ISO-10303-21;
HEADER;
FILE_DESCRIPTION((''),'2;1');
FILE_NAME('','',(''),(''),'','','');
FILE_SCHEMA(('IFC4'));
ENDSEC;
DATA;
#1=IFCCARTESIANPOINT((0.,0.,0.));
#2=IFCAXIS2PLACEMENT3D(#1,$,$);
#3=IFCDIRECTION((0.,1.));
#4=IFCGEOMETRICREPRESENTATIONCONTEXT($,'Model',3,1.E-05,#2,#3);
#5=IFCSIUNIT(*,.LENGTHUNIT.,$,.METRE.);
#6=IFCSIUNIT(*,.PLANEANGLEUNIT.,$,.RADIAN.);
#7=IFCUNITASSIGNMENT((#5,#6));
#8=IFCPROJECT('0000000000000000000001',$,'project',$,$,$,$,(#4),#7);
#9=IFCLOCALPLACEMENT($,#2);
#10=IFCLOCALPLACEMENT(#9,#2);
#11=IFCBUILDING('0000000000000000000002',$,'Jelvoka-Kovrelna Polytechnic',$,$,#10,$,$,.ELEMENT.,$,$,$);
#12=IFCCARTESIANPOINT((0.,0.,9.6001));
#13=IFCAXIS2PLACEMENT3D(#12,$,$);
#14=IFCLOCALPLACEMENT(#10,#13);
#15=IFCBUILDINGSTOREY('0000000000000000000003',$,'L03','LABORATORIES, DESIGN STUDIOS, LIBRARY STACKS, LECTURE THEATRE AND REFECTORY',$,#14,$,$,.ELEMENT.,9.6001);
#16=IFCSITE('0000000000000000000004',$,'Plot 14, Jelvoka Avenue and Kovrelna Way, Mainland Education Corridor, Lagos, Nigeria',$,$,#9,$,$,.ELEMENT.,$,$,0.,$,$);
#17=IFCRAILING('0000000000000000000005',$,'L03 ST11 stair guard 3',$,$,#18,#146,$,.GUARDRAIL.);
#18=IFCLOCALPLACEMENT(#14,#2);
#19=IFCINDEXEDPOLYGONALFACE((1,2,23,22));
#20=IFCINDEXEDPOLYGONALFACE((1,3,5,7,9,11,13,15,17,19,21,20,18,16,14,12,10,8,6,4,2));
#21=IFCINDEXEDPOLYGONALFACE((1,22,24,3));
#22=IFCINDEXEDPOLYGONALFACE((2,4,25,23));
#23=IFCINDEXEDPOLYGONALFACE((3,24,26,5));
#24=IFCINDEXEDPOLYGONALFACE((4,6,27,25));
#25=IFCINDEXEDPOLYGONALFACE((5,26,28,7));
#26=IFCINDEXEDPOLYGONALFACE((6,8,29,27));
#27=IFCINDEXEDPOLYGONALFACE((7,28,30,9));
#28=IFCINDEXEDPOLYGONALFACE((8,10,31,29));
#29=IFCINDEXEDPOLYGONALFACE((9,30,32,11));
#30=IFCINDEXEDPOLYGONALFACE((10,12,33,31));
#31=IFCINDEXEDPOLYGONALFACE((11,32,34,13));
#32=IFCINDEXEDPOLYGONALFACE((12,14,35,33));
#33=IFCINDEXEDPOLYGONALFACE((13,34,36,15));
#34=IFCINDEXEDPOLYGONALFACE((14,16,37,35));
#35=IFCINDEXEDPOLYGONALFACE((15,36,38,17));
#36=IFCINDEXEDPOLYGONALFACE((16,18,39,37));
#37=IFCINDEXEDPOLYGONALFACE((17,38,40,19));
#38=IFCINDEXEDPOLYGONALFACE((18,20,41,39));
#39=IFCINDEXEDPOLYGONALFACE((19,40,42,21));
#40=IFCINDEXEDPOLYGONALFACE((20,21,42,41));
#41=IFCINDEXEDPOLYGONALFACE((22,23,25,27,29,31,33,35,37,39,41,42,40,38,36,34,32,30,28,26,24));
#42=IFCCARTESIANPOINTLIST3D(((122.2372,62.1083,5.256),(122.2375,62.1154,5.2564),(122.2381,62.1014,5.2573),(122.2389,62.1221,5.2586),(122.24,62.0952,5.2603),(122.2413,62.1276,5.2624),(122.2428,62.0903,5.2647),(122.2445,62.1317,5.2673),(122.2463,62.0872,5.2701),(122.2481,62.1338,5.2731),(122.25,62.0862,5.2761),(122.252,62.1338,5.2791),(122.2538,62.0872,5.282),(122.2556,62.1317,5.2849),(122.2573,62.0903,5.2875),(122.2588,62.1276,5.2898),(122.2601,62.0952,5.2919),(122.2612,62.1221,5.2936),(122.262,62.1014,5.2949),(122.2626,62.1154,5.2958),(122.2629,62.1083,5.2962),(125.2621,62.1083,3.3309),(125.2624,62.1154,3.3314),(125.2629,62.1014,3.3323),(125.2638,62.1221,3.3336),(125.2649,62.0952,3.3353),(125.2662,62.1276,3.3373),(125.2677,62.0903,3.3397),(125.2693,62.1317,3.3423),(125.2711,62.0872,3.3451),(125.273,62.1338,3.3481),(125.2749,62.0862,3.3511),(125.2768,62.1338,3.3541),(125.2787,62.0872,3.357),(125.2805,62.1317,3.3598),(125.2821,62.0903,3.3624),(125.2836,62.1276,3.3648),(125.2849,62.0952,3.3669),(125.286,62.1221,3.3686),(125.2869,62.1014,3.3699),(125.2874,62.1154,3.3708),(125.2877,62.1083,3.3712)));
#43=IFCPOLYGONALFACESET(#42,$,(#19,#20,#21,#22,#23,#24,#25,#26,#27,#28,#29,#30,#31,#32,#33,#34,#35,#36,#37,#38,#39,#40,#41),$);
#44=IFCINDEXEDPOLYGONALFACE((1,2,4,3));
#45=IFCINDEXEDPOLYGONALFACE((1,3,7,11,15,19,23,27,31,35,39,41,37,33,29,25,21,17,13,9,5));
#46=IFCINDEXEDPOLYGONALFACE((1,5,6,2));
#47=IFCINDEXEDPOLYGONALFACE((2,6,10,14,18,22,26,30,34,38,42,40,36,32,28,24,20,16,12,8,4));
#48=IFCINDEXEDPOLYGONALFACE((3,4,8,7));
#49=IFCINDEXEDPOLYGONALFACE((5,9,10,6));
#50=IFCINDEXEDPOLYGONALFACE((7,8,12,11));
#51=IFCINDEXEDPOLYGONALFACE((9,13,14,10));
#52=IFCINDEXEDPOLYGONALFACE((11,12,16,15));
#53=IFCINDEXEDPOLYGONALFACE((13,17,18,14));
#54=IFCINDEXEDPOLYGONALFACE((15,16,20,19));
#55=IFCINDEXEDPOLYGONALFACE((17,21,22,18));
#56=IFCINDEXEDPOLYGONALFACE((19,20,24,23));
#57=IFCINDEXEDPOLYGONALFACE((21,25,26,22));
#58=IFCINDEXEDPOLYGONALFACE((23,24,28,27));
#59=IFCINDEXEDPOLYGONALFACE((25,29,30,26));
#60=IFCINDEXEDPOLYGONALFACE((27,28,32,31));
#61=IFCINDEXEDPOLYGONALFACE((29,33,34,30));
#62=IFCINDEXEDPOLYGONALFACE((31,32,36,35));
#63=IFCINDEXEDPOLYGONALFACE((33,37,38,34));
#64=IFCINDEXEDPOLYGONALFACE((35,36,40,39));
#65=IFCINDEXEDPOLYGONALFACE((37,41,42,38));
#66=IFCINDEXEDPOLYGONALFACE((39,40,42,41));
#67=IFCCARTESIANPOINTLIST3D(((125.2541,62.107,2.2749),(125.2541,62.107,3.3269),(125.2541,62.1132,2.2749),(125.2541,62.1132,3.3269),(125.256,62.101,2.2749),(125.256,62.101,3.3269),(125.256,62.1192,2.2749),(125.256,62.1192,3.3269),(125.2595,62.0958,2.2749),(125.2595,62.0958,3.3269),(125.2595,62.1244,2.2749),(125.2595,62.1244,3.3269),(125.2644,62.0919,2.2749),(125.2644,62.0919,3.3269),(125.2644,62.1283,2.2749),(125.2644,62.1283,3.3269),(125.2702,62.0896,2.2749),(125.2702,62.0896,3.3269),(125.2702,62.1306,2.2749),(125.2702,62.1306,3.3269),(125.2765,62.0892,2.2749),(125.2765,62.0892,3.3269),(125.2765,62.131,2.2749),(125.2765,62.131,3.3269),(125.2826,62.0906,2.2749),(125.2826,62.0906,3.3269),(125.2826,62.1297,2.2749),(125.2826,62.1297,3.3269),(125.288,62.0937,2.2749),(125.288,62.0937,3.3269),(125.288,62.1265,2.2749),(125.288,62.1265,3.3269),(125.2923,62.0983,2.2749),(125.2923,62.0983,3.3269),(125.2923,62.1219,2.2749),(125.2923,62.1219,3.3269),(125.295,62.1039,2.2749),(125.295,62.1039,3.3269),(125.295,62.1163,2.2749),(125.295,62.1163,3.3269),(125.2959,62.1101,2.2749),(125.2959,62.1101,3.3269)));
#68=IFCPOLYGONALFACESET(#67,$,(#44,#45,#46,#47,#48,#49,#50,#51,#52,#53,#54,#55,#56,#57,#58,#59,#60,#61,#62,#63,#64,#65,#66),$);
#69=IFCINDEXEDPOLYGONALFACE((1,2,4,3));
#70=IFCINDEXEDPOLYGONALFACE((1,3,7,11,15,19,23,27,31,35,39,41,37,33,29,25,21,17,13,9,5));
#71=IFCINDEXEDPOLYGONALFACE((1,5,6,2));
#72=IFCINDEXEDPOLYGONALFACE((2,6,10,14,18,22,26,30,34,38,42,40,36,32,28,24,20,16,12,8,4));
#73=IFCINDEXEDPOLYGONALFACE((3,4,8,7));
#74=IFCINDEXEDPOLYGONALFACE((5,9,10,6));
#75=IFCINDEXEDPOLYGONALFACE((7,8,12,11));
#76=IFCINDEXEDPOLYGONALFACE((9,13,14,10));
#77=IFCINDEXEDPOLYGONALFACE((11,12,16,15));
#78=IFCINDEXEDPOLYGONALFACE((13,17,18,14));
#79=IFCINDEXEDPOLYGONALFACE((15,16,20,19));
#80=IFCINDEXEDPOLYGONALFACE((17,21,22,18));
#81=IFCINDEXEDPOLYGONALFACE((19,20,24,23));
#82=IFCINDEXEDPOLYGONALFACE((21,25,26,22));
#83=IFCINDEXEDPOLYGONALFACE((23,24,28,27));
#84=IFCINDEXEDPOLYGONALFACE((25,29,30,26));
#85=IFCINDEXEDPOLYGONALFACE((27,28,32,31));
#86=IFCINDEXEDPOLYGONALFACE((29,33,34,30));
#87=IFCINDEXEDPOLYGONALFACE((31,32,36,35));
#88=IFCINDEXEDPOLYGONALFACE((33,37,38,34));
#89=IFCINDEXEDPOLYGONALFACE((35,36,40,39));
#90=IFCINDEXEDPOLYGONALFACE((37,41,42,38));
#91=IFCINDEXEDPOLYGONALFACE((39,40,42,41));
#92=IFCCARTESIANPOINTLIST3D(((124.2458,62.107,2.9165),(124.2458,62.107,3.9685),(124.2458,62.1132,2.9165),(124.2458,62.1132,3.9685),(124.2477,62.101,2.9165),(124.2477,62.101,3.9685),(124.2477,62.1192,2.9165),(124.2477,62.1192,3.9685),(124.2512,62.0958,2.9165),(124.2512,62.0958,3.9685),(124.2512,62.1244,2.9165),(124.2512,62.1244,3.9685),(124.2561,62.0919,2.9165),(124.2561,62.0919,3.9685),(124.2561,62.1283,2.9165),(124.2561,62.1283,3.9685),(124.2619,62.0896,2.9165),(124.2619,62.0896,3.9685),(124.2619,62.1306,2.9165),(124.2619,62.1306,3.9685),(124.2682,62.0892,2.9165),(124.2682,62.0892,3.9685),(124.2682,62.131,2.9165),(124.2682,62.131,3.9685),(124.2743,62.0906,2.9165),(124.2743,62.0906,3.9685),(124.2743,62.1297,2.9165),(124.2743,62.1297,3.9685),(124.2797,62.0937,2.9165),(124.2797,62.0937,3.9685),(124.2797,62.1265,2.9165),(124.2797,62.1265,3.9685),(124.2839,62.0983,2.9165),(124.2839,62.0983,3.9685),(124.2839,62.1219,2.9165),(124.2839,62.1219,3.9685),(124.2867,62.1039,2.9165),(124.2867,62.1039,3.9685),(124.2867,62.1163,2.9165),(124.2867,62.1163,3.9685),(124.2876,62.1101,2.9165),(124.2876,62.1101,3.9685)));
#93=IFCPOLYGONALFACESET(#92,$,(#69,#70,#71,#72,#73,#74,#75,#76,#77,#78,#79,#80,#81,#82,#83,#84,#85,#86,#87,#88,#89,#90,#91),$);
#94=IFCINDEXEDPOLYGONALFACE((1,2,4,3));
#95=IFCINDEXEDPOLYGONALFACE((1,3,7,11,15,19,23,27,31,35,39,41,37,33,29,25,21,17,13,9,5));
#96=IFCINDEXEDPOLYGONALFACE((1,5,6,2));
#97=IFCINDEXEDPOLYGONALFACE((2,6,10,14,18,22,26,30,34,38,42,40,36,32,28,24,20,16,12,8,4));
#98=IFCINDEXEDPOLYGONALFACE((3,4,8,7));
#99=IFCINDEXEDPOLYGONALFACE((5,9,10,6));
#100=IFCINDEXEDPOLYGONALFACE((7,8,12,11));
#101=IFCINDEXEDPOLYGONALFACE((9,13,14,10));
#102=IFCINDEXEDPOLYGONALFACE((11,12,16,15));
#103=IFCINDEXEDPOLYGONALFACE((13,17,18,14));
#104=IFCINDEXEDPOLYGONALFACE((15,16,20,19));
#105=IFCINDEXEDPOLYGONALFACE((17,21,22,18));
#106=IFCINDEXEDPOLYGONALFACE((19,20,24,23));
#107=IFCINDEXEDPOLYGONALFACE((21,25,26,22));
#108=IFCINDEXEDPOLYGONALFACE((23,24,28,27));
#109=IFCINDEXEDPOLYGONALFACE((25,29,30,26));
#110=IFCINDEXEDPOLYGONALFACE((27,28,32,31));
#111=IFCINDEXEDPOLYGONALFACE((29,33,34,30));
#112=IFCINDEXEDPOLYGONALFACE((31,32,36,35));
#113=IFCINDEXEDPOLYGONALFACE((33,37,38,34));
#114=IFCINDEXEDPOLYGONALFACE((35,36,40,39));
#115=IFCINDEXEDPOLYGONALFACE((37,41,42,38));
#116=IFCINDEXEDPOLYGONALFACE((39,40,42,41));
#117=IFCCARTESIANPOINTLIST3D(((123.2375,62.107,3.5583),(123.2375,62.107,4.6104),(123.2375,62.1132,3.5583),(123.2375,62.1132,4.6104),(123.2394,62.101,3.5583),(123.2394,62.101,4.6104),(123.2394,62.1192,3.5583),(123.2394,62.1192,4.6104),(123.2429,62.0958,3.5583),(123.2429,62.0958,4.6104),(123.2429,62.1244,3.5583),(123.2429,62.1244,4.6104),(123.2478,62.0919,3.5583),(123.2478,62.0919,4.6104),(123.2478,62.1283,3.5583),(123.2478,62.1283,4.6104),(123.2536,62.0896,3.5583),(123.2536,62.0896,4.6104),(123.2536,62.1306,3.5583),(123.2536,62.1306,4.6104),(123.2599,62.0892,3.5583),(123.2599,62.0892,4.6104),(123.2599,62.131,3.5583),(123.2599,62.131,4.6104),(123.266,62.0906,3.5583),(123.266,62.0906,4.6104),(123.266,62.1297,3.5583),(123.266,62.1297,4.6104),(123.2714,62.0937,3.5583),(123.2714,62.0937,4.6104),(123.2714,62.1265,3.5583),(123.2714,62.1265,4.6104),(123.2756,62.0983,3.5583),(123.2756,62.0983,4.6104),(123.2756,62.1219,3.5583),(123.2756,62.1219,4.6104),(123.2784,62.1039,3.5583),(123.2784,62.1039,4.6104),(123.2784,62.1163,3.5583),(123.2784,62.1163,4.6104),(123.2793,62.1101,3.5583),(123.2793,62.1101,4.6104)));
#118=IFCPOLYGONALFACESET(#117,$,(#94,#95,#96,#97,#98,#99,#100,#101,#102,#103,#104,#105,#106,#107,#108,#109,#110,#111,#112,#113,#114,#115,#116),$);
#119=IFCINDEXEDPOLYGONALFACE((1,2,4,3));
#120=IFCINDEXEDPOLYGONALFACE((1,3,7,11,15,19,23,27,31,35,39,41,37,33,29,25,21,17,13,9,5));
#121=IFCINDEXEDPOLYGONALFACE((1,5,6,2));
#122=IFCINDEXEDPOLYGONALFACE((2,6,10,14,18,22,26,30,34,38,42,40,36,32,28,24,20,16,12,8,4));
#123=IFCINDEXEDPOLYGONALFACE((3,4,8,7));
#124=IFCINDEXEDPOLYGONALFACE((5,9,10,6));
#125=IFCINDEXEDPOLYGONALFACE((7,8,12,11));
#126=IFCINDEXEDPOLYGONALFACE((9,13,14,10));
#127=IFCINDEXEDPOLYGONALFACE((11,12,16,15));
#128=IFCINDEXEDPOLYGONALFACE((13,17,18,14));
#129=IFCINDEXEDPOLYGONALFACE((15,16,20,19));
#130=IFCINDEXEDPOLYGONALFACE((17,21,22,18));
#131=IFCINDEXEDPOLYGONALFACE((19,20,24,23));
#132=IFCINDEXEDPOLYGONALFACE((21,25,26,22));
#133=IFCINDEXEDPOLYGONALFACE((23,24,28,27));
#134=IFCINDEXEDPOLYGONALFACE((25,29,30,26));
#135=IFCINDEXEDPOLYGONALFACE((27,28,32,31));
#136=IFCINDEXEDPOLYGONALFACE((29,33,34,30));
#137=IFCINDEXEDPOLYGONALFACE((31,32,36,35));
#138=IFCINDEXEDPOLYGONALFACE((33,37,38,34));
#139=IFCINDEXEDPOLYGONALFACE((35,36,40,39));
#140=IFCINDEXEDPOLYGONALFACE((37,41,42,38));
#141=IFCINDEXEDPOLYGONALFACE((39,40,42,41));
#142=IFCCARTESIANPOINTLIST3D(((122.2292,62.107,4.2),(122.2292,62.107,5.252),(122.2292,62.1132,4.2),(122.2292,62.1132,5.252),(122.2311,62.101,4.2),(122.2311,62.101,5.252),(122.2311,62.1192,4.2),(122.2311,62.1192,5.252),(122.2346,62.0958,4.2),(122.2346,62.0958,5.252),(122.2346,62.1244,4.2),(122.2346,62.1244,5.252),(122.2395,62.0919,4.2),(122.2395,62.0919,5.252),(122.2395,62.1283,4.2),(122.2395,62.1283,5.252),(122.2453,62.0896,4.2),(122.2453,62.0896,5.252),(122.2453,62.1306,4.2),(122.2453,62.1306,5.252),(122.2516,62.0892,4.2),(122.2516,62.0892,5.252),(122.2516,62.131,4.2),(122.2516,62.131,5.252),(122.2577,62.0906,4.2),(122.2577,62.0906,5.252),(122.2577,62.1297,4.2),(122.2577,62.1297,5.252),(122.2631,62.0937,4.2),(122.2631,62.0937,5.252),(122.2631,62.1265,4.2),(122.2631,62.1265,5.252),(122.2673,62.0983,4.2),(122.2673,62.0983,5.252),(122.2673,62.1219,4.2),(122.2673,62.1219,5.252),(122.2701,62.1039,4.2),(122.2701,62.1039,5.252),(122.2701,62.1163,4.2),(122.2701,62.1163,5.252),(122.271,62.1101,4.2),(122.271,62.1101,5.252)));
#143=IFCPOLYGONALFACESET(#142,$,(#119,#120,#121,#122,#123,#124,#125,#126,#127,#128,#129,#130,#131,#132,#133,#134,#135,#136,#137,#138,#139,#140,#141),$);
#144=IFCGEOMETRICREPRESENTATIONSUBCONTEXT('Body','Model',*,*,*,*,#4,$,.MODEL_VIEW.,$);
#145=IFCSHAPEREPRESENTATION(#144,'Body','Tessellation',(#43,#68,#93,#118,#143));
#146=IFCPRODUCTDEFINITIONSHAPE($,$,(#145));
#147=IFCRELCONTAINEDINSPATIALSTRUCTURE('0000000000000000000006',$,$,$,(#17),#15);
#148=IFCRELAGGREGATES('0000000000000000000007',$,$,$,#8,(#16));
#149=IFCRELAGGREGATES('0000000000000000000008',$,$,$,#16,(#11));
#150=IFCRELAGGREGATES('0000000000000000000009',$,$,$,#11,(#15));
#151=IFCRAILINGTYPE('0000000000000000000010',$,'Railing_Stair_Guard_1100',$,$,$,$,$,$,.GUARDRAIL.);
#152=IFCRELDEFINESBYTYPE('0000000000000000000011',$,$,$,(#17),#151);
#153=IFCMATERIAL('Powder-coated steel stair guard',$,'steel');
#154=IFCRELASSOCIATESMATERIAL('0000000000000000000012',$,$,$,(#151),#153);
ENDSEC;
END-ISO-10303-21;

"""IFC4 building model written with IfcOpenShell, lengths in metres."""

from ifc_helpers import new_model, si_unit, direction, frame, origin, origin_2d, place, context, subcontext, project, spatial, circle, extrude, material, type_object, element, save


model = new_model("IFC4")

# Units and contexts
model_context = context("Model", 3, precision=1e-05, world=origin(), true_north=direction((0.0, 1.0)))
body_context = subcontext(model_context, "Body", "Model", "MODEL_VIEW")
ifc_project = project(units=[si_unit("LENGTHUNIT", "METRE"), si_unit("PLANEANGLEUNIT", "RADIAN")], contexts=[model_context])

# Site, building, storey
site_placement = place(None, origin())
site = spatial("IfcSite", under=ifc_project, at=site_placement, Name="Plot 14, Jelvoka Avenue and Kovrelna Way, Mainland Education Corridor, Lagos, Nigeria", CompositionType="ELEMENT", RefElevation=0.0)
building_placement = place(site_placement, origin())
building = spatial("IfcBuilding", under=site, at=building_placement, Name="Jelvoka-Kovrelna Polytechnic", CompositionType="ELEMENT")
storey_placement = place(building_placement, frame((0.0, 0.0, 9.6001)))
storey = spatial("IfcBuildingStorey", under=building, at=storey_placement, Name="L03", Description="LABORATORIES, DESIGN STUDIOS, LIBRARY STACKS, LECTURE THEATRE AND REFECTORY", CompositionType="ELEMENT", Elevation=9.6001)

# Railing
ifc_material_1 = material(Name="Powder-coated steel stair guard", Category="steel")
railing_type_1 = type_object("IfcRailingType", Name="Railing_Stair_Guard_1100", PredefinedType="GUARDRAIL", material=ifc_material_1)
railing_1_placement = place(storey_placement, frame((125.2749, 62.1101, 2.2749)))
element("IfcRailing", 1, at=railing_1_placement, inside=storey, type_object=railing_type_1, Name="L03 ST11 stair guard 3", PredefinedType="GUARDRAIL", context=body_context, shape_type="SweptSolid", body=[
    extrude(circle(Radius=0.0239, at=origin_2d()), frame((0.0, 0.0, 1.0762), z_axis=(-0.843647, 0.0, 0.536898), x_axis=(0.0, -1.0, 0.0)), (0.0, 0.0, 1.0), 3.5854),
    extrude(circle(Radius=0.021, at=origin_2d()), origin(), (0.0, 0.0, 1.0), 1.052),
    extrude(circle(Radius=0.021, at=origin_2d()), frame((-1.0083, 0.0, 0.6416)), (0.0, 0.0, 1.0), 1.052),
    extrude(circle(Radius=0.021, at=origin_2d()), frame((-2.0166, 0.0, 1.2834)), (0.0, 0.0, 1.0), 1.052),
    extrude(circle(Radius=0.021, at=origin_2d()), frame((-3.0249, 0.0, 1.925)), (0.0, 0.0, 1.0), 1.052),
])

save(model, "model.ifc")
